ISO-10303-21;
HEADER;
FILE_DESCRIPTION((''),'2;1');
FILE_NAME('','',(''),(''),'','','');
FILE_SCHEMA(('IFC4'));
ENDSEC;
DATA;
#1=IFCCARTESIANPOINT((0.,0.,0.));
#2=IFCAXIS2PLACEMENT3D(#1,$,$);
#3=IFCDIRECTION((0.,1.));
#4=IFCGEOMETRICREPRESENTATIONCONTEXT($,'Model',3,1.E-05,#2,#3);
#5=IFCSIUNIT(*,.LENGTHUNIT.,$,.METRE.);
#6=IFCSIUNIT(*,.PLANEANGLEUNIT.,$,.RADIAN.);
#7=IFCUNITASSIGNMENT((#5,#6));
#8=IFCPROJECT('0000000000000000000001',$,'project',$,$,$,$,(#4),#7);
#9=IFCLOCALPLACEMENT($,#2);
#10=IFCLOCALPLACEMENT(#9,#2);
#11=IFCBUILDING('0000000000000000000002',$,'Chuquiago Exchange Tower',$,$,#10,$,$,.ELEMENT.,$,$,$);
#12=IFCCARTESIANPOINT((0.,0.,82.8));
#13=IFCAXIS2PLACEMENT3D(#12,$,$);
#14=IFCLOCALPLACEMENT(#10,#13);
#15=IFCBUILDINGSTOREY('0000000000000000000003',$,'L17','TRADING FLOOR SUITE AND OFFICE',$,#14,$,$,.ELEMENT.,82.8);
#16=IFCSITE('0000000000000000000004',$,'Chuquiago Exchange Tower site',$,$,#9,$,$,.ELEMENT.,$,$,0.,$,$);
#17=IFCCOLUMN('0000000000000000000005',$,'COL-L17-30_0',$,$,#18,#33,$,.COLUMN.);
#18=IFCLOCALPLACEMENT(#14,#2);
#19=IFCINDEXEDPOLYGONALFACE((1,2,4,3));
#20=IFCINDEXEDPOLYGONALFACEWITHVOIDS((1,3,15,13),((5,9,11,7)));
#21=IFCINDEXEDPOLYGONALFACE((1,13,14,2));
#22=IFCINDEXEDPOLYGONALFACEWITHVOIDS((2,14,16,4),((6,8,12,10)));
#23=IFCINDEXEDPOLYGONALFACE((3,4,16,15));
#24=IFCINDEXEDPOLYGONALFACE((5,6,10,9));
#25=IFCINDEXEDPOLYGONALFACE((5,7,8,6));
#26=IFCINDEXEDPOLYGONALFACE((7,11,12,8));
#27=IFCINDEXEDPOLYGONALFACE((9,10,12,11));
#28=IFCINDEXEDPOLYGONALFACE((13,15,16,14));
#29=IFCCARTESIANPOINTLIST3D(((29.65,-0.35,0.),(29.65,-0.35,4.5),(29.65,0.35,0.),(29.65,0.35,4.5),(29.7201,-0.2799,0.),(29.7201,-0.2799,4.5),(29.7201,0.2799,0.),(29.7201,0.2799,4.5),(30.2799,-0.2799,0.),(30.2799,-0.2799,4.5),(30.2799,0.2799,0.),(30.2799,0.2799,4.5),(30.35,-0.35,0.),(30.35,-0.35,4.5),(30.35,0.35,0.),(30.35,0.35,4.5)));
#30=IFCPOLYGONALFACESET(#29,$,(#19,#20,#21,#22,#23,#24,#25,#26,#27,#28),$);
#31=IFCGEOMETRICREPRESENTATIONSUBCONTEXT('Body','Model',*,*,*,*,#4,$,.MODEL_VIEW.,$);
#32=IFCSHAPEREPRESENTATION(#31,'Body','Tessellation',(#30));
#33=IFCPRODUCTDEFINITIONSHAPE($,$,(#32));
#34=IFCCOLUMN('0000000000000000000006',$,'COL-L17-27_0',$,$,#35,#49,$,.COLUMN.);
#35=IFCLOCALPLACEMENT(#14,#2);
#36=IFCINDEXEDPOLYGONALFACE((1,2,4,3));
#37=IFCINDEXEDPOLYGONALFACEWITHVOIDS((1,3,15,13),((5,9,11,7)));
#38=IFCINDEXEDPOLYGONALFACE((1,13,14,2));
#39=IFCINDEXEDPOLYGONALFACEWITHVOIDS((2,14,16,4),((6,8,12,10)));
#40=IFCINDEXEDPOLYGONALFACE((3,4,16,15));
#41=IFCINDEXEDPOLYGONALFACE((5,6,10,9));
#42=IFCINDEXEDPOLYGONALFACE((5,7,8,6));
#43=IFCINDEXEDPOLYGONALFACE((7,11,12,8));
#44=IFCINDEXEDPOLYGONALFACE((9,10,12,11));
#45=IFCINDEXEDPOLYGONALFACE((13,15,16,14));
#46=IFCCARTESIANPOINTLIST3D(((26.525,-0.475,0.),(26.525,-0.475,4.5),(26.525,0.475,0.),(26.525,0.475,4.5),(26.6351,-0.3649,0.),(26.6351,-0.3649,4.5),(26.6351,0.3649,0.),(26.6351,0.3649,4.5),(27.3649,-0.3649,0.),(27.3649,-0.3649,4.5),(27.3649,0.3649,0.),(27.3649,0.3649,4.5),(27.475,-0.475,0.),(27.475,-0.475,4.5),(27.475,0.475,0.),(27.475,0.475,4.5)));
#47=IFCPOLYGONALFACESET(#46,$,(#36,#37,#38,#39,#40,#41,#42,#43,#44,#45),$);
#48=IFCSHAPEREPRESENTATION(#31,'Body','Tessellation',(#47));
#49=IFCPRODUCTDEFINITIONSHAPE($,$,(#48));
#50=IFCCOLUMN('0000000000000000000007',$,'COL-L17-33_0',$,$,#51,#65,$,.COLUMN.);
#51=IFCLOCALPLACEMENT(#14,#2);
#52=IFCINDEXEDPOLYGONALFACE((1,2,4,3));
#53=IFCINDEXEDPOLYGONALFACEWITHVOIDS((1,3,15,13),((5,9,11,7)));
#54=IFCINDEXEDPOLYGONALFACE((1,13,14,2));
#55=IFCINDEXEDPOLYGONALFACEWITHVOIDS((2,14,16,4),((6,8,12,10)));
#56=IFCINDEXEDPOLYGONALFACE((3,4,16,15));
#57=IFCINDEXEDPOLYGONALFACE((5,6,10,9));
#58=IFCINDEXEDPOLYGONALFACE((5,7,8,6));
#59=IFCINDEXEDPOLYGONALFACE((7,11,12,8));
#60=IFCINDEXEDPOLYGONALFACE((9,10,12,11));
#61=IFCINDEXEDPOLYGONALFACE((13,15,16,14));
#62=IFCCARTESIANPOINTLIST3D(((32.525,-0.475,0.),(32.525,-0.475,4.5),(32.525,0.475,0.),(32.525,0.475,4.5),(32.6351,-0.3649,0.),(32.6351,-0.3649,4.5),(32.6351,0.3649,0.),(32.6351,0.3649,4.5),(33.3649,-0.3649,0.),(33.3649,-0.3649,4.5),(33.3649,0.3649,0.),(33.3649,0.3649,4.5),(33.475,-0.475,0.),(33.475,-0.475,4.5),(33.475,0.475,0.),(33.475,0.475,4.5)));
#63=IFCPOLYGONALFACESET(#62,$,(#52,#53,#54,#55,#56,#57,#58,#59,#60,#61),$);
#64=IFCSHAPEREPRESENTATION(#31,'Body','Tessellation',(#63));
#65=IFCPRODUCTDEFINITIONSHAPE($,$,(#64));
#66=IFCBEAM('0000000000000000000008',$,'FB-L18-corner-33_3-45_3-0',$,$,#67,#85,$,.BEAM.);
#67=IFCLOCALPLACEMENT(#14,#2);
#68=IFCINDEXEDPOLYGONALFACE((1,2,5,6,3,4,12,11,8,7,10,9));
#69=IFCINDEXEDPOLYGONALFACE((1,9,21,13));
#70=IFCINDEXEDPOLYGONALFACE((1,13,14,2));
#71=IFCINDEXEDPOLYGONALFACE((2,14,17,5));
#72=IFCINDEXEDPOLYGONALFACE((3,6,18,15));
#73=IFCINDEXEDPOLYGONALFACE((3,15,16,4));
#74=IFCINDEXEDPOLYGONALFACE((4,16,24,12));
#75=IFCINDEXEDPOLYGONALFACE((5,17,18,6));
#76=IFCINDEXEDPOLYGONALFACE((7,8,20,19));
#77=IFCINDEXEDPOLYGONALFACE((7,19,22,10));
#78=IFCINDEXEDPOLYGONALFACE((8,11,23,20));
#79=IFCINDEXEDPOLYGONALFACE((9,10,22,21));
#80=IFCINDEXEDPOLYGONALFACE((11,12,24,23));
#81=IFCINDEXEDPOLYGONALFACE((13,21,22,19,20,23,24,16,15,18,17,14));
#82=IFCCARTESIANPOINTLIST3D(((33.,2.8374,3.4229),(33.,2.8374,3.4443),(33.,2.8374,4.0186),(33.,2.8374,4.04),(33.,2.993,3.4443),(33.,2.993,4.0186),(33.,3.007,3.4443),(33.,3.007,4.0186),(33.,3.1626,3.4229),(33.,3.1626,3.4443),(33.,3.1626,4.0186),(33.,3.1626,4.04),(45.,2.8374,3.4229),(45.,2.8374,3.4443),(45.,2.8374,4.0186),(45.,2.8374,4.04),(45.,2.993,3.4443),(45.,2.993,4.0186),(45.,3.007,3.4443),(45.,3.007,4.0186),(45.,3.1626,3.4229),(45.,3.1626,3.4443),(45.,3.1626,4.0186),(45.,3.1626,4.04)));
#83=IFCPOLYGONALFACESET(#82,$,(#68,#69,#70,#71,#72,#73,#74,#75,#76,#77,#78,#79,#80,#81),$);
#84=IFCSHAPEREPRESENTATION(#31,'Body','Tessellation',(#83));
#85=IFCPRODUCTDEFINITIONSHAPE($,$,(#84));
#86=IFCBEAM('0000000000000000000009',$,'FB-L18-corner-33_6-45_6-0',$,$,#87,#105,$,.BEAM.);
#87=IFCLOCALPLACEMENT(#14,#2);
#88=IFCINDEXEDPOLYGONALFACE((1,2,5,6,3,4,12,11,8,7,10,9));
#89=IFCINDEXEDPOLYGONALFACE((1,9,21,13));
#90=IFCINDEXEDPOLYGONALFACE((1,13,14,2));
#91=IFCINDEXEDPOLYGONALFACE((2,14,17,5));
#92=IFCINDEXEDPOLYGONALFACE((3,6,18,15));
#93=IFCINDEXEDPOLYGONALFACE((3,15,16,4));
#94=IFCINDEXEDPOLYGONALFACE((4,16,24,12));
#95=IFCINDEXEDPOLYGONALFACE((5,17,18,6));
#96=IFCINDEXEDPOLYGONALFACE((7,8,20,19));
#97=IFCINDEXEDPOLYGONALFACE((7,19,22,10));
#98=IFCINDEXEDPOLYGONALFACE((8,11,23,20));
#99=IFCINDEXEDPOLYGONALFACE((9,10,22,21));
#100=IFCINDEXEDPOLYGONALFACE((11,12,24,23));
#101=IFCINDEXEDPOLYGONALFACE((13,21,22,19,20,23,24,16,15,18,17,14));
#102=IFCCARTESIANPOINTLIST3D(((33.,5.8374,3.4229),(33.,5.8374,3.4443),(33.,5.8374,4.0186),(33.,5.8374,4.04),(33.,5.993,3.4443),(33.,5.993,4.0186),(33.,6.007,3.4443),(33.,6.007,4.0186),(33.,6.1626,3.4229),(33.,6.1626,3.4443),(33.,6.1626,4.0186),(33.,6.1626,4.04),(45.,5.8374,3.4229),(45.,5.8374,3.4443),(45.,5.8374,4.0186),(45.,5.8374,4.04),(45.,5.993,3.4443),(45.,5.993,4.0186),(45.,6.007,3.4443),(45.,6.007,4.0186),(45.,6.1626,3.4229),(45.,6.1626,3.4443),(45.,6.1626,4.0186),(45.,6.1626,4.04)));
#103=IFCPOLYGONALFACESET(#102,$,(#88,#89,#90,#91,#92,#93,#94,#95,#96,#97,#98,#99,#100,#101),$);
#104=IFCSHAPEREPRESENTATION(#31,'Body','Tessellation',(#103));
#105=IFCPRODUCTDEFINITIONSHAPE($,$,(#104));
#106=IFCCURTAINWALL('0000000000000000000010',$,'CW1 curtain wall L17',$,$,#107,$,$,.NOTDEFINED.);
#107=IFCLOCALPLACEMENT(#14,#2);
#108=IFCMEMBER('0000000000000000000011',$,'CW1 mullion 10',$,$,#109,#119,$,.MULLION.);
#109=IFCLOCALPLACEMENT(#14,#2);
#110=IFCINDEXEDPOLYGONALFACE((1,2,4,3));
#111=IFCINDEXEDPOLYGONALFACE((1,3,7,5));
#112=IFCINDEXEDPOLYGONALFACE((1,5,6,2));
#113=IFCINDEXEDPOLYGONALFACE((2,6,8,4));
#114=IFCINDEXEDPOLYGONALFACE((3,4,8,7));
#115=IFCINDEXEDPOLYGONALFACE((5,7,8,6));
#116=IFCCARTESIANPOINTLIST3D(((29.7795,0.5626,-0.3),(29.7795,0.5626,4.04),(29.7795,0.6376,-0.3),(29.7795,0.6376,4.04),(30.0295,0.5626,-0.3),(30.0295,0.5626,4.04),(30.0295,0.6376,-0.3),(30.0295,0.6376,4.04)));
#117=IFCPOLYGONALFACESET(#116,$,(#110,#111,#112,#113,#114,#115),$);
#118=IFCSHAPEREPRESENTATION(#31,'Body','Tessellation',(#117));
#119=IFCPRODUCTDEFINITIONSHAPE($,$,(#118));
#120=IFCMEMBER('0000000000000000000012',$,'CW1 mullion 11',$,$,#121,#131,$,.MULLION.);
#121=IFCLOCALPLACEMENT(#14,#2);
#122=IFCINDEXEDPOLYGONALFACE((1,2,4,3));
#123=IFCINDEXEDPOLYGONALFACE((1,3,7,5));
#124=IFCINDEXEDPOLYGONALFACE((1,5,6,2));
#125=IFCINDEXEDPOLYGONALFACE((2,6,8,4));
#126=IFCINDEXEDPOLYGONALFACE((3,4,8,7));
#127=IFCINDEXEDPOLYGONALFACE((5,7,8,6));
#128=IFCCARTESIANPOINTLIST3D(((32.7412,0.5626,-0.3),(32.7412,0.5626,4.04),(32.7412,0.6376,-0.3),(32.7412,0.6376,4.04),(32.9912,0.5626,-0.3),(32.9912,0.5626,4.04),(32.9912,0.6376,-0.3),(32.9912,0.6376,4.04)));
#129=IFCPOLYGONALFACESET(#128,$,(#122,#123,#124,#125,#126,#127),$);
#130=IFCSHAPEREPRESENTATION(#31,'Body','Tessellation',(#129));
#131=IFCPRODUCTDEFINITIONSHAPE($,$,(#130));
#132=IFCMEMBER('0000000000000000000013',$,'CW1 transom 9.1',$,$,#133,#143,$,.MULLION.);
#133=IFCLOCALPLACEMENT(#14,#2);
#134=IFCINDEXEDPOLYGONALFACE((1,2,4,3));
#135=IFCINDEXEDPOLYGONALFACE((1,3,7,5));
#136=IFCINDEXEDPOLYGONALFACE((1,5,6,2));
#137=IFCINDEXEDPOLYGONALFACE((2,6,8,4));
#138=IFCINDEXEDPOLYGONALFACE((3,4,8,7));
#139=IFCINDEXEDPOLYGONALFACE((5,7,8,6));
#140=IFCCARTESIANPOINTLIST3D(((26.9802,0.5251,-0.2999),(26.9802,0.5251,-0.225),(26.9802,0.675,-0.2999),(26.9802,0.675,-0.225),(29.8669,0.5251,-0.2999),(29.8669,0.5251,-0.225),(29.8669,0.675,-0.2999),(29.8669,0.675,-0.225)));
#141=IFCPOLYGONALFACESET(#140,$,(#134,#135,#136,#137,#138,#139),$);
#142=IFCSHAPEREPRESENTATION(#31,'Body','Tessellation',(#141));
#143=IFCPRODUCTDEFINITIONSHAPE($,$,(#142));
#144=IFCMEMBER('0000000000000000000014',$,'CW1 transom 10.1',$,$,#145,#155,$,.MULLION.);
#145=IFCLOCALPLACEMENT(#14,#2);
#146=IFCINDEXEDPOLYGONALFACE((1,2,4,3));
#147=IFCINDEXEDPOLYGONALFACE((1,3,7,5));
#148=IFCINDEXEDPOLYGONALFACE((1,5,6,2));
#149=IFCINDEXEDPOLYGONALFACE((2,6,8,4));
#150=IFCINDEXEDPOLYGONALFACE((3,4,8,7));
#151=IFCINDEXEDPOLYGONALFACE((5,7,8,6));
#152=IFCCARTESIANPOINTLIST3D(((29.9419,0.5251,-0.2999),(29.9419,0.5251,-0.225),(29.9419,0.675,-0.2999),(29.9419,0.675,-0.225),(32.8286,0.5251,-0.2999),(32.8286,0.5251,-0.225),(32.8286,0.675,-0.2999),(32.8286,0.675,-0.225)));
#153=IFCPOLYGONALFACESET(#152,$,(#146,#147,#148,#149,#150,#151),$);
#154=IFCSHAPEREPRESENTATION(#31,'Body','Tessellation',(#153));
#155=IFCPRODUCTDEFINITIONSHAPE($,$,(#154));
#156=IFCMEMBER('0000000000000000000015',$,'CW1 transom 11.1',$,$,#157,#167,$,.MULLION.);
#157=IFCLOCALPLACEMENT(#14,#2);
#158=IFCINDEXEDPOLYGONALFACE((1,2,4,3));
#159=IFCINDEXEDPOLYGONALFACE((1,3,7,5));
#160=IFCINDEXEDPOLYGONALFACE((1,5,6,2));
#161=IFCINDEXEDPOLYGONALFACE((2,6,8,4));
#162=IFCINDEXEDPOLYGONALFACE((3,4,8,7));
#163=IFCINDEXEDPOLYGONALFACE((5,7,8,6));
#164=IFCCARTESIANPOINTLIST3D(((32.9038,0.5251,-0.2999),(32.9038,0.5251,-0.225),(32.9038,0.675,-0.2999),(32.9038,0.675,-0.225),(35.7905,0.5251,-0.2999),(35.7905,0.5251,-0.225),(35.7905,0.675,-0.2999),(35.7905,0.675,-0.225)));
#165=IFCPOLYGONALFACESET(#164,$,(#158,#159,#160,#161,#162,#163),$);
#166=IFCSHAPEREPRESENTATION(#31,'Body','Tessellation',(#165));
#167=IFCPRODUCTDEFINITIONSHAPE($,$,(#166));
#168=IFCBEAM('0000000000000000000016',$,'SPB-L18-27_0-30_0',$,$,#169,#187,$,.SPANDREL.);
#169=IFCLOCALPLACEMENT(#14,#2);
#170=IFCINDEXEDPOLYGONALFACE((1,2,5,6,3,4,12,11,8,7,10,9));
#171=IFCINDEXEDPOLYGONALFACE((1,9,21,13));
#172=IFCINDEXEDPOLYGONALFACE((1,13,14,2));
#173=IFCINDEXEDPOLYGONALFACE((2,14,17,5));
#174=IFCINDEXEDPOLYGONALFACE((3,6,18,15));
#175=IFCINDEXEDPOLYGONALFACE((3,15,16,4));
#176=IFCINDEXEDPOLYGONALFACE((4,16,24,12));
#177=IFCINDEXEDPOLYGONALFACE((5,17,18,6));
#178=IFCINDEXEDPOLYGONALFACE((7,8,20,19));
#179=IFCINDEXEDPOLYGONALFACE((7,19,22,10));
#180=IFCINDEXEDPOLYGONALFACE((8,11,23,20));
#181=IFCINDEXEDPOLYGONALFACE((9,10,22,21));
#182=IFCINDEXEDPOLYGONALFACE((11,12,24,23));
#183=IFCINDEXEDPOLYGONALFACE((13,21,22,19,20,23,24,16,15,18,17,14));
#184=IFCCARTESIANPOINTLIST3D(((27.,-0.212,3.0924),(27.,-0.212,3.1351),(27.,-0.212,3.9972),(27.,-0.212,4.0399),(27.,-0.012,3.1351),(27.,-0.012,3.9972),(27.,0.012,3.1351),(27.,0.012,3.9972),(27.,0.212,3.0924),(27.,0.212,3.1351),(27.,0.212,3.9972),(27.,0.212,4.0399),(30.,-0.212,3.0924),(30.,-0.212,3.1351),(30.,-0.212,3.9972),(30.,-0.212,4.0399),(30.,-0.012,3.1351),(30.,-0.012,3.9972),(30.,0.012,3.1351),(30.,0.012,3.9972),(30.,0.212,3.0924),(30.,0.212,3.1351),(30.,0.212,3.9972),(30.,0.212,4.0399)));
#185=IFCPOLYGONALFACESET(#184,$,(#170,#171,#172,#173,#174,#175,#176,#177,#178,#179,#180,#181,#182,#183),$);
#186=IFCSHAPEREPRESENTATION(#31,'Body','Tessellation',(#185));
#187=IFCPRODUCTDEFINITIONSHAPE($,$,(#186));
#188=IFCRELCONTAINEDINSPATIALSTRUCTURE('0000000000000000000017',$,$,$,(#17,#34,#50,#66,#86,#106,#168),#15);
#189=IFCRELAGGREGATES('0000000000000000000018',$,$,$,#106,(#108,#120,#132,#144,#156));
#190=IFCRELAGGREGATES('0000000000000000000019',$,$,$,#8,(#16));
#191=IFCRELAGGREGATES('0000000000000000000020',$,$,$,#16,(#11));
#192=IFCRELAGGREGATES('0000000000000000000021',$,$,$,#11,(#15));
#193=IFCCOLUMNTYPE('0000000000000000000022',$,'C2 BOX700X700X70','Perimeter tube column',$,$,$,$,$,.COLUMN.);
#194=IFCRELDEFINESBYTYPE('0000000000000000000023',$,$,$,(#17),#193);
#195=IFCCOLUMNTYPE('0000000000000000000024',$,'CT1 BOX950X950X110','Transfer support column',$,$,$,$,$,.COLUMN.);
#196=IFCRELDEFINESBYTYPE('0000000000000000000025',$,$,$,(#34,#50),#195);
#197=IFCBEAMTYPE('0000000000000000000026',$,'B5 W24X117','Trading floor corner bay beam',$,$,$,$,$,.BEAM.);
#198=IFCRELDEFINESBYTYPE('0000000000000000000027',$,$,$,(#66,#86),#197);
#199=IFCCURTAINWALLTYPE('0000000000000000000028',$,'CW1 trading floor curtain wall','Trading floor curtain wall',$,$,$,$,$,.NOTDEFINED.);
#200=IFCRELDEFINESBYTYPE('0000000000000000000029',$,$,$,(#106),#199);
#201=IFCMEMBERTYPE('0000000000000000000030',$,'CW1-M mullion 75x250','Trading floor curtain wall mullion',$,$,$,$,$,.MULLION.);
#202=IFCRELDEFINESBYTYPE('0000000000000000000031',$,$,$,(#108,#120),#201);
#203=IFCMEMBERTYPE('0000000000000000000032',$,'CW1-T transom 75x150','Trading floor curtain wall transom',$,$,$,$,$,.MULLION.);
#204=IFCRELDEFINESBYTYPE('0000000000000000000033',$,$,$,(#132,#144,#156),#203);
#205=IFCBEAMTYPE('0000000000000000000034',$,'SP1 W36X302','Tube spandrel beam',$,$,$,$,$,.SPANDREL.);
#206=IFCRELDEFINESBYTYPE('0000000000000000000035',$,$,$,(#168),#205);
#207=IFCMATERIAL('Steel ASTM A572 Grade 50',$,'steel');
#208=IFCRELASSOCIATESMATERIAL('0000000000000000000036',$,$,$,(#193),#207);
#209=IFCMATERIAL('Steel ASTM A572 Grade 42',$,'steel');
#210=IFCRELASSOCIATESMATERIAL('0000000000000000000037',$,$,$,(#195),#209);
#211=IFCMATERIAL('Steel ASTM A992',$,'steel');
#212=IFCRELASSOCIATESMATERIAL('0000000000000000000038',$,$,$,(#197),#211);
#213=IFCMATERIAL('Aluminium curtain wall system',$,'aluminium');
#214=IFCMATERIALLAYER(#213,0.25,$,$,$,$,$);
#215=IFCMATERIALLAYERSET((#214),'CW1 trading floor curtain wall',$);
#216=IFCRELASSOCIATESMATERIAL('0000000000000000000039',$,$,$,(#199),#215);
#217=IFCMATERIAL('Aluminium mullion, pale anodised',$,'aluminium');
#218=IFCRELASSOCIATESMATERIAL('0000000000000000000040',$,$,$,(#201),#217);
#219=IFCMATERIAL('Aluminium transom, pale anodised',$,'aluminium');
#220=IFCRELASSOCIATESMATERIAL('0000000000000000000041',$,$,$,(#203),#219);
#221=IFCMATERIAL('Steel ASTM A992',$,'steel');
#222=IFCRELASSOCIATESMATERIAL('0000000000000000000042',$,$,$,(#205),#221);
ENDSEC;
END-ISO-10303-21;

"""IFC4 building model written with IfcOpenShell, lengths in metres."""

from ifc_helpers import new_model, si_unit, direction, frame, origin, origin_2d, place, context, subcontext, project, spatial, rectangle, hollow_rectangle, i_section, extrude, material, layer, layer_set, material_profile, profile_set, type_object, element, aggregate, save


model = new_model("IFC4")

# Units and contexts
model_context = context("Model", 3, precision=1e-05, world=origin(), true_north=direction((0.0, 1.0)))
body_context = subcontext(model_context, "Body", "Model", "MODEL_VIEW")
ifc_project = project(units=[si_unit("LENGTHUNIT", "METRE"), si_unit("PLANEANGLEUNIT", "RADIAN")], contexts=[model_context])

# Site, building, storey
site_placement = place(None, origin())
site = spatial("IfcSite", under=ifc_project, at=site_placement, Name="Chuquiago Exchange Tower site", CompositionType="ELEMENT", RefElevation=0.0)
building_placement = place(site_placement, origin())
building = spatial("IfcBuilding", under=site, at=building_placement, Name="Chuquiago Exchange Tower", CompositionType="ELEMENT")
storey_placement = place(building_placement, frame((0.0, 0.0, 82.8)))
storey = spatial("IfcBuildingStorey", under=building, at=storey_placement, Name="L17", Description="TRADING FLOOR SUITE AND OFFICE", CompositionType="ELEMENT", Elevation=82.8)

# Columns
ifc_material_1 = material(Name="Steel ASTM A572 Grade 50", Category="steel")
ifc_material_profile_1 = material_profile(ifc_material_1, hollow_rectangle(XDim=0.7, YDim=0.7, WallThickness=0.0701, at=origin_2d()), Name="BOX700X700X70")
ifc_profile_set_1 = profile_set([ifc_material_profile_1], Name="Steel ASTM A572 Grade 50")
column_type_1 = type_object("IfcColumnType", Name="C2 BOX700X700X70", Description="Perimeter tube column", PredefinedType="COLUMN", material=ifc_profile_set_1)
column_placement = place(storey_placement, frame((30.0, 0.0, 0.0), z_axis=(0.0, 0.0, 1.0), x_axis=(0.0, -1.0, 0.0)))
element("IfcColumn", 1, at=column_placement, inside=storey, type_object=column_type_1, Name="COL-L17-30_0", PredefinedType="COLUMN", context=body_context, shape_type="SweptSolid", body=[
    extrude(hollow_rectangle(XDim=0.7, YDim=0.7, WallThickness=0.0701, at=origin_2d()), origin(), (0.0, 0.0, 1.0), 4.5),
])
ifc_material_2 = material(Name="Steel ASTM A572 Grade 42", Category="steel")
ifc_material_profile_2 = material_profile(ifc_material_2, hollow_rectangle(XDim=0.95, YDim=0.95, WallThickness=0.1101, at=origin_2d()), Name="BOX950X950X110")
ifc_profile_set_2 = profile_set([ifc_material_profile_2], Name="Steel ASTM A572 Grade 42")
column_type_2 = type_object("IfcColumnType", Name="CT1 BOX950X950X110", Description="Transfer support column", PredefinedType="COLUMN", material=ifc_profile_set_2)
for number, where, z_axis, x_axis, name in (
    (2, (27.0, 0.0, 0.0), (0.0, 0.0, 1.0), (0.0, -1.0, 0.0), "COL-L17-27_0"),
    (3, (33.0, 0.0, 0.0), (0.0, 0.0, 1.0), (0.0, -1.0, 0.0), "COL-L17-33_0"),
):
    element("IfcColumn", number, at=place(storey_placement, frame(where, z_axis=z_axis, x_axis=x_axis)), inside=storey, type_object=column_type_2, Name=name, PredefinedType="COLUMN", context=body_context, shape_type="SweptSolid", body=[
        extrude(hollow_rectangle(XDim=0.95, YDim=0.95, WallThickness=0.1101, at=origin_2d()), origin(), (0.0, 0.0, 1.0), 4.5),
    ])

# Beams
ifc_material_3 = material(Name="Steel ASTM A992", Category="steel")
ifc_material_profile_3 = material_profile(ifc_material_3, i_section(OverallWidth=0.3252, OverallDepth=0.6172, WebThickness=0.0139, FlangeThickness=0.0215, at=origin_2d()), Name="W24X117")
ifc_profile_set_3 = profile_set([ifc_material_profile_3], Name="Steel ASTM A992")
beam_type_1 = type_object("IfcBeamType", Name="B5 W24X117", Description="Trading floor corner bay beam", PredefinedType="BEAM", material=ifc_profile_set_3)
for number, where, z_axis, x_axis, name in (
    (4, (33.0, 3.0, 3.7314), (1.0, 0.0, 0.0), (0.0, 1.0, 0.0), "FB-L18-corner-33_3-45_3-0"),
    (5, (33.0, 6.0, 3.7314), (1.0, 0.0, 0.0), (0.0, 1.0, 0.0), "FB-L18-corner-33_6-45_6-0"),
):
    element("IfcBeam", number, at=place(storey_placement, frame(where, z_axis=z_axis, x_axis=x_axis)), inside=storey, type_object=beam_type_1, Name=name, PredefinedType="BEAM", context=body_context, shape_type="SweptSolid", body=[
        extrude(i_section(OverallWidth=0.3252, OverallDepth=0.6172, WebThickness=0.0139, FlangeThickness=0.0215, at=origin_2d()), origin(), (0.0, 0.0, 1.0), 12.0),
    ])

# Curtain wall, members
ifc_material_4 = material(Name="Aluminium curtain wall system", Category="aluminium")
ifc_layer_1 = layer(ifc_material_4, 0.25)
ifc_layer_set_1 = layer_set([ifc_layer_1], Name="CW1 trading floor curtain wall")
curtain_wall_type = type_object("IfcCurtainWallType", Name="CW1 trading floor curtain wall", Description="Trading floor curtain wall", PredefinedType="NOTDEFINED", material=ifc_layer_set_1)
curtain_wall_placement = place(storey_placement, origin())
curtain_wall = element("IfcCurtainWall", 6, at=curtain_wall_placement, inside=storey, type_object=curtain_wall_type, Name="CW1 curtain wall L17", PredefinedType="NOTDEFINED")
ifc_material_5 = material(Name="Aluminium mullion, pale anodised", Category="aluminium")
ifc_material_profile_4 = material_profile(ifc_material_5, rectangle(XDim=0.075, YDim=0.25, at=origin_2d()), Name="AL 75x250")
ifc_profile_set_4 = profile_set([ifc_material_profile_4], Name="Aluminium mullion, pale anodised")
member_type_1 = type_object("IfcMemberType", Name="CW1-M mullion 75x250", Description="Trading floor curtain wall mullion", PredefinedType="MULLION", material=ifc_profile_set_4)
member_1_placement = place(storey_placement, frame((29.9045, 0.6001, -0.3), z_axis=(0.0, 0.0, 1.0), x_axis=(0.0, 1.0, 0.0)))
member_1 = element("IfcMember", 7, at=member_1_placement, type_object=member_type_1, Name="CW1 mullion 10", PredefinedType="MULLION", context=body_context, shape_type="SweptSolid", body=[
    extrude(rectangle(XDim=0.075, YDim=0.25, at=origin_2d()), origin(), (0.0, 0.0, 1.0), 4.3401),
])
member_2_placement = place(storey_placement, frame((32.8662, 0.6001, -0.3), z_axis=(0.0, 0.0, 1.0), x_axis=(0.0, 1.0, 0.0)))
member_2 = element("IfcMember", 8, at=member_2_placement, type_object=member_type_1, Name="CW1 mullion 11", PredefinedType="MULLION", context=body_context, shape_type="SweptSolid", body=[
    extrude(rectangle(XDim=0.075, YDim=0.25, at=origin_2d()), origin(), (0.0, 0.0, 1.0), 4.3401),
])
ifc_material_6 = material(Name="Aluminium transom, pale anodised", Category="aluminium")
ifc_material_profile_5 = material_profile(ifc_material_6, rectangle(XDim=0.1499, YDim=0.075, at=origin_2d()), Name="AL 150x75")
ifc_profile_set_5 = profile_set([ifc_material_profile_5], Name="Aluminium transom, pale anodised")
member_type_2 = type_object("IfcMemberType", Name="CW1-T transom 75x150", Description="Trading floor curtain wall transom", PredefinedType="MULLION", material=ifc_profile_set_5)
member_3_placement = place(storey_placement, frame((26.9802, 0.6001, -0.2625), z_axis=(1.0, 0.0, 0.0), x_axis=(0.0, 1.0, 0.0)))
member_3 = element("IfcMember", 9, at=member_3_placement, type_object=member_type_2, Name="CW1 transom 9.1", PredefinedType="MULLION", context=body_context, shape_type="SweptSolid", body=[
    extrude(rectangle(XDim=0.1499, YDim=0.075, at=origin_2d()), origin(), (0.0, 0.0, 1.0), 2.8867),
])
member_4_placement = place(storey_placement, frame((29.9419, 0.6001, -0.2625), z_axis=(1.0, 0.0, 0.0), x_axis=(0.0, 1.0, 0.0)))
member_4 = element("IfcMember", 10, at=member_4_placement, type_object=member_type_2, Name="CW1 transom 10.1", PredefinedType="MULLION", context=body_context, shape_type="SweptSolid", body=[
    extrude(rectangle(XDim=0.1499, YDim=0.075, at=origin_2d()), origin(), (0.0, 0.0, 1.0), 2.8867),
])
member_5_placement = place(storey_placement, frame((32.9038, 0.6001, -0.2625), z_axis=(1.0, 0.0, 0.0), x_axis=(0.0, 1.0, 0.0)))
member_5 = element("IfcMember", 11, at=member_5_placement, type_object=member_type_2, Name="CW1 transom 11.1", PredefinedType="MULLION", context=body_context, shape_type="SweptSolid", body=[
    extrude(rectangle(XDim=0.1499, YDim=0.075, at=origin_2d()), origin(), (0.0, 0.0, 1.0), 2.8867),
])

# Beam
ifc_material_7 = material(Name="Steel ASTM A992", Category="steel")
ifc_material_profile_6 = material_profile(ifc_material_7, i_section(OverallWidth=0.4241, OverallDepth=0.9475, WebThickness=0.0239, FlangeThickness=0.0427, at=origin_2d()), Name="W36X302")
ifc_profile_set_6 = profile_set([ifc_material_profile_6], Name="Steel ASTM A992")
beam_type_2 = type_object("IfcBeamType", Name="SP1 W36X302", Description="Tube spandrel beam", PredefinedType="SPANDREL", material=ifc_profile_set_6)
for number, where, z_axis, x_axis, name in (
    (12, (27.0, 0.0, 3.5662), (1.0, 0.0, 0.0), (0.0, 1.0, 0.0), "SPB-L18-27_0-30_0"),
):
    element("IfcBeam", number, at=place(storey_placement, frame(where, z_axis=z_axis, x_axis=x_axis)), inside=storey, type_object=beam_type_2, Name=name, PredefinedType="SPANDREL", context=body_context, shape_type="SweptSolid", body=[
        extrude(i_section(OverallWidth=0.4241, OverallDepth=0.9475, WebThickness=0.0239, FlangeThickness=0.0427, at=origin_2d()), origin(), (0.0, 0.0, 1.0), 3.0),
    ])

aggregate(curtain_wall, [member_1, member_2, member_3, member_4, member_5])

save(model, "model.ifc")
